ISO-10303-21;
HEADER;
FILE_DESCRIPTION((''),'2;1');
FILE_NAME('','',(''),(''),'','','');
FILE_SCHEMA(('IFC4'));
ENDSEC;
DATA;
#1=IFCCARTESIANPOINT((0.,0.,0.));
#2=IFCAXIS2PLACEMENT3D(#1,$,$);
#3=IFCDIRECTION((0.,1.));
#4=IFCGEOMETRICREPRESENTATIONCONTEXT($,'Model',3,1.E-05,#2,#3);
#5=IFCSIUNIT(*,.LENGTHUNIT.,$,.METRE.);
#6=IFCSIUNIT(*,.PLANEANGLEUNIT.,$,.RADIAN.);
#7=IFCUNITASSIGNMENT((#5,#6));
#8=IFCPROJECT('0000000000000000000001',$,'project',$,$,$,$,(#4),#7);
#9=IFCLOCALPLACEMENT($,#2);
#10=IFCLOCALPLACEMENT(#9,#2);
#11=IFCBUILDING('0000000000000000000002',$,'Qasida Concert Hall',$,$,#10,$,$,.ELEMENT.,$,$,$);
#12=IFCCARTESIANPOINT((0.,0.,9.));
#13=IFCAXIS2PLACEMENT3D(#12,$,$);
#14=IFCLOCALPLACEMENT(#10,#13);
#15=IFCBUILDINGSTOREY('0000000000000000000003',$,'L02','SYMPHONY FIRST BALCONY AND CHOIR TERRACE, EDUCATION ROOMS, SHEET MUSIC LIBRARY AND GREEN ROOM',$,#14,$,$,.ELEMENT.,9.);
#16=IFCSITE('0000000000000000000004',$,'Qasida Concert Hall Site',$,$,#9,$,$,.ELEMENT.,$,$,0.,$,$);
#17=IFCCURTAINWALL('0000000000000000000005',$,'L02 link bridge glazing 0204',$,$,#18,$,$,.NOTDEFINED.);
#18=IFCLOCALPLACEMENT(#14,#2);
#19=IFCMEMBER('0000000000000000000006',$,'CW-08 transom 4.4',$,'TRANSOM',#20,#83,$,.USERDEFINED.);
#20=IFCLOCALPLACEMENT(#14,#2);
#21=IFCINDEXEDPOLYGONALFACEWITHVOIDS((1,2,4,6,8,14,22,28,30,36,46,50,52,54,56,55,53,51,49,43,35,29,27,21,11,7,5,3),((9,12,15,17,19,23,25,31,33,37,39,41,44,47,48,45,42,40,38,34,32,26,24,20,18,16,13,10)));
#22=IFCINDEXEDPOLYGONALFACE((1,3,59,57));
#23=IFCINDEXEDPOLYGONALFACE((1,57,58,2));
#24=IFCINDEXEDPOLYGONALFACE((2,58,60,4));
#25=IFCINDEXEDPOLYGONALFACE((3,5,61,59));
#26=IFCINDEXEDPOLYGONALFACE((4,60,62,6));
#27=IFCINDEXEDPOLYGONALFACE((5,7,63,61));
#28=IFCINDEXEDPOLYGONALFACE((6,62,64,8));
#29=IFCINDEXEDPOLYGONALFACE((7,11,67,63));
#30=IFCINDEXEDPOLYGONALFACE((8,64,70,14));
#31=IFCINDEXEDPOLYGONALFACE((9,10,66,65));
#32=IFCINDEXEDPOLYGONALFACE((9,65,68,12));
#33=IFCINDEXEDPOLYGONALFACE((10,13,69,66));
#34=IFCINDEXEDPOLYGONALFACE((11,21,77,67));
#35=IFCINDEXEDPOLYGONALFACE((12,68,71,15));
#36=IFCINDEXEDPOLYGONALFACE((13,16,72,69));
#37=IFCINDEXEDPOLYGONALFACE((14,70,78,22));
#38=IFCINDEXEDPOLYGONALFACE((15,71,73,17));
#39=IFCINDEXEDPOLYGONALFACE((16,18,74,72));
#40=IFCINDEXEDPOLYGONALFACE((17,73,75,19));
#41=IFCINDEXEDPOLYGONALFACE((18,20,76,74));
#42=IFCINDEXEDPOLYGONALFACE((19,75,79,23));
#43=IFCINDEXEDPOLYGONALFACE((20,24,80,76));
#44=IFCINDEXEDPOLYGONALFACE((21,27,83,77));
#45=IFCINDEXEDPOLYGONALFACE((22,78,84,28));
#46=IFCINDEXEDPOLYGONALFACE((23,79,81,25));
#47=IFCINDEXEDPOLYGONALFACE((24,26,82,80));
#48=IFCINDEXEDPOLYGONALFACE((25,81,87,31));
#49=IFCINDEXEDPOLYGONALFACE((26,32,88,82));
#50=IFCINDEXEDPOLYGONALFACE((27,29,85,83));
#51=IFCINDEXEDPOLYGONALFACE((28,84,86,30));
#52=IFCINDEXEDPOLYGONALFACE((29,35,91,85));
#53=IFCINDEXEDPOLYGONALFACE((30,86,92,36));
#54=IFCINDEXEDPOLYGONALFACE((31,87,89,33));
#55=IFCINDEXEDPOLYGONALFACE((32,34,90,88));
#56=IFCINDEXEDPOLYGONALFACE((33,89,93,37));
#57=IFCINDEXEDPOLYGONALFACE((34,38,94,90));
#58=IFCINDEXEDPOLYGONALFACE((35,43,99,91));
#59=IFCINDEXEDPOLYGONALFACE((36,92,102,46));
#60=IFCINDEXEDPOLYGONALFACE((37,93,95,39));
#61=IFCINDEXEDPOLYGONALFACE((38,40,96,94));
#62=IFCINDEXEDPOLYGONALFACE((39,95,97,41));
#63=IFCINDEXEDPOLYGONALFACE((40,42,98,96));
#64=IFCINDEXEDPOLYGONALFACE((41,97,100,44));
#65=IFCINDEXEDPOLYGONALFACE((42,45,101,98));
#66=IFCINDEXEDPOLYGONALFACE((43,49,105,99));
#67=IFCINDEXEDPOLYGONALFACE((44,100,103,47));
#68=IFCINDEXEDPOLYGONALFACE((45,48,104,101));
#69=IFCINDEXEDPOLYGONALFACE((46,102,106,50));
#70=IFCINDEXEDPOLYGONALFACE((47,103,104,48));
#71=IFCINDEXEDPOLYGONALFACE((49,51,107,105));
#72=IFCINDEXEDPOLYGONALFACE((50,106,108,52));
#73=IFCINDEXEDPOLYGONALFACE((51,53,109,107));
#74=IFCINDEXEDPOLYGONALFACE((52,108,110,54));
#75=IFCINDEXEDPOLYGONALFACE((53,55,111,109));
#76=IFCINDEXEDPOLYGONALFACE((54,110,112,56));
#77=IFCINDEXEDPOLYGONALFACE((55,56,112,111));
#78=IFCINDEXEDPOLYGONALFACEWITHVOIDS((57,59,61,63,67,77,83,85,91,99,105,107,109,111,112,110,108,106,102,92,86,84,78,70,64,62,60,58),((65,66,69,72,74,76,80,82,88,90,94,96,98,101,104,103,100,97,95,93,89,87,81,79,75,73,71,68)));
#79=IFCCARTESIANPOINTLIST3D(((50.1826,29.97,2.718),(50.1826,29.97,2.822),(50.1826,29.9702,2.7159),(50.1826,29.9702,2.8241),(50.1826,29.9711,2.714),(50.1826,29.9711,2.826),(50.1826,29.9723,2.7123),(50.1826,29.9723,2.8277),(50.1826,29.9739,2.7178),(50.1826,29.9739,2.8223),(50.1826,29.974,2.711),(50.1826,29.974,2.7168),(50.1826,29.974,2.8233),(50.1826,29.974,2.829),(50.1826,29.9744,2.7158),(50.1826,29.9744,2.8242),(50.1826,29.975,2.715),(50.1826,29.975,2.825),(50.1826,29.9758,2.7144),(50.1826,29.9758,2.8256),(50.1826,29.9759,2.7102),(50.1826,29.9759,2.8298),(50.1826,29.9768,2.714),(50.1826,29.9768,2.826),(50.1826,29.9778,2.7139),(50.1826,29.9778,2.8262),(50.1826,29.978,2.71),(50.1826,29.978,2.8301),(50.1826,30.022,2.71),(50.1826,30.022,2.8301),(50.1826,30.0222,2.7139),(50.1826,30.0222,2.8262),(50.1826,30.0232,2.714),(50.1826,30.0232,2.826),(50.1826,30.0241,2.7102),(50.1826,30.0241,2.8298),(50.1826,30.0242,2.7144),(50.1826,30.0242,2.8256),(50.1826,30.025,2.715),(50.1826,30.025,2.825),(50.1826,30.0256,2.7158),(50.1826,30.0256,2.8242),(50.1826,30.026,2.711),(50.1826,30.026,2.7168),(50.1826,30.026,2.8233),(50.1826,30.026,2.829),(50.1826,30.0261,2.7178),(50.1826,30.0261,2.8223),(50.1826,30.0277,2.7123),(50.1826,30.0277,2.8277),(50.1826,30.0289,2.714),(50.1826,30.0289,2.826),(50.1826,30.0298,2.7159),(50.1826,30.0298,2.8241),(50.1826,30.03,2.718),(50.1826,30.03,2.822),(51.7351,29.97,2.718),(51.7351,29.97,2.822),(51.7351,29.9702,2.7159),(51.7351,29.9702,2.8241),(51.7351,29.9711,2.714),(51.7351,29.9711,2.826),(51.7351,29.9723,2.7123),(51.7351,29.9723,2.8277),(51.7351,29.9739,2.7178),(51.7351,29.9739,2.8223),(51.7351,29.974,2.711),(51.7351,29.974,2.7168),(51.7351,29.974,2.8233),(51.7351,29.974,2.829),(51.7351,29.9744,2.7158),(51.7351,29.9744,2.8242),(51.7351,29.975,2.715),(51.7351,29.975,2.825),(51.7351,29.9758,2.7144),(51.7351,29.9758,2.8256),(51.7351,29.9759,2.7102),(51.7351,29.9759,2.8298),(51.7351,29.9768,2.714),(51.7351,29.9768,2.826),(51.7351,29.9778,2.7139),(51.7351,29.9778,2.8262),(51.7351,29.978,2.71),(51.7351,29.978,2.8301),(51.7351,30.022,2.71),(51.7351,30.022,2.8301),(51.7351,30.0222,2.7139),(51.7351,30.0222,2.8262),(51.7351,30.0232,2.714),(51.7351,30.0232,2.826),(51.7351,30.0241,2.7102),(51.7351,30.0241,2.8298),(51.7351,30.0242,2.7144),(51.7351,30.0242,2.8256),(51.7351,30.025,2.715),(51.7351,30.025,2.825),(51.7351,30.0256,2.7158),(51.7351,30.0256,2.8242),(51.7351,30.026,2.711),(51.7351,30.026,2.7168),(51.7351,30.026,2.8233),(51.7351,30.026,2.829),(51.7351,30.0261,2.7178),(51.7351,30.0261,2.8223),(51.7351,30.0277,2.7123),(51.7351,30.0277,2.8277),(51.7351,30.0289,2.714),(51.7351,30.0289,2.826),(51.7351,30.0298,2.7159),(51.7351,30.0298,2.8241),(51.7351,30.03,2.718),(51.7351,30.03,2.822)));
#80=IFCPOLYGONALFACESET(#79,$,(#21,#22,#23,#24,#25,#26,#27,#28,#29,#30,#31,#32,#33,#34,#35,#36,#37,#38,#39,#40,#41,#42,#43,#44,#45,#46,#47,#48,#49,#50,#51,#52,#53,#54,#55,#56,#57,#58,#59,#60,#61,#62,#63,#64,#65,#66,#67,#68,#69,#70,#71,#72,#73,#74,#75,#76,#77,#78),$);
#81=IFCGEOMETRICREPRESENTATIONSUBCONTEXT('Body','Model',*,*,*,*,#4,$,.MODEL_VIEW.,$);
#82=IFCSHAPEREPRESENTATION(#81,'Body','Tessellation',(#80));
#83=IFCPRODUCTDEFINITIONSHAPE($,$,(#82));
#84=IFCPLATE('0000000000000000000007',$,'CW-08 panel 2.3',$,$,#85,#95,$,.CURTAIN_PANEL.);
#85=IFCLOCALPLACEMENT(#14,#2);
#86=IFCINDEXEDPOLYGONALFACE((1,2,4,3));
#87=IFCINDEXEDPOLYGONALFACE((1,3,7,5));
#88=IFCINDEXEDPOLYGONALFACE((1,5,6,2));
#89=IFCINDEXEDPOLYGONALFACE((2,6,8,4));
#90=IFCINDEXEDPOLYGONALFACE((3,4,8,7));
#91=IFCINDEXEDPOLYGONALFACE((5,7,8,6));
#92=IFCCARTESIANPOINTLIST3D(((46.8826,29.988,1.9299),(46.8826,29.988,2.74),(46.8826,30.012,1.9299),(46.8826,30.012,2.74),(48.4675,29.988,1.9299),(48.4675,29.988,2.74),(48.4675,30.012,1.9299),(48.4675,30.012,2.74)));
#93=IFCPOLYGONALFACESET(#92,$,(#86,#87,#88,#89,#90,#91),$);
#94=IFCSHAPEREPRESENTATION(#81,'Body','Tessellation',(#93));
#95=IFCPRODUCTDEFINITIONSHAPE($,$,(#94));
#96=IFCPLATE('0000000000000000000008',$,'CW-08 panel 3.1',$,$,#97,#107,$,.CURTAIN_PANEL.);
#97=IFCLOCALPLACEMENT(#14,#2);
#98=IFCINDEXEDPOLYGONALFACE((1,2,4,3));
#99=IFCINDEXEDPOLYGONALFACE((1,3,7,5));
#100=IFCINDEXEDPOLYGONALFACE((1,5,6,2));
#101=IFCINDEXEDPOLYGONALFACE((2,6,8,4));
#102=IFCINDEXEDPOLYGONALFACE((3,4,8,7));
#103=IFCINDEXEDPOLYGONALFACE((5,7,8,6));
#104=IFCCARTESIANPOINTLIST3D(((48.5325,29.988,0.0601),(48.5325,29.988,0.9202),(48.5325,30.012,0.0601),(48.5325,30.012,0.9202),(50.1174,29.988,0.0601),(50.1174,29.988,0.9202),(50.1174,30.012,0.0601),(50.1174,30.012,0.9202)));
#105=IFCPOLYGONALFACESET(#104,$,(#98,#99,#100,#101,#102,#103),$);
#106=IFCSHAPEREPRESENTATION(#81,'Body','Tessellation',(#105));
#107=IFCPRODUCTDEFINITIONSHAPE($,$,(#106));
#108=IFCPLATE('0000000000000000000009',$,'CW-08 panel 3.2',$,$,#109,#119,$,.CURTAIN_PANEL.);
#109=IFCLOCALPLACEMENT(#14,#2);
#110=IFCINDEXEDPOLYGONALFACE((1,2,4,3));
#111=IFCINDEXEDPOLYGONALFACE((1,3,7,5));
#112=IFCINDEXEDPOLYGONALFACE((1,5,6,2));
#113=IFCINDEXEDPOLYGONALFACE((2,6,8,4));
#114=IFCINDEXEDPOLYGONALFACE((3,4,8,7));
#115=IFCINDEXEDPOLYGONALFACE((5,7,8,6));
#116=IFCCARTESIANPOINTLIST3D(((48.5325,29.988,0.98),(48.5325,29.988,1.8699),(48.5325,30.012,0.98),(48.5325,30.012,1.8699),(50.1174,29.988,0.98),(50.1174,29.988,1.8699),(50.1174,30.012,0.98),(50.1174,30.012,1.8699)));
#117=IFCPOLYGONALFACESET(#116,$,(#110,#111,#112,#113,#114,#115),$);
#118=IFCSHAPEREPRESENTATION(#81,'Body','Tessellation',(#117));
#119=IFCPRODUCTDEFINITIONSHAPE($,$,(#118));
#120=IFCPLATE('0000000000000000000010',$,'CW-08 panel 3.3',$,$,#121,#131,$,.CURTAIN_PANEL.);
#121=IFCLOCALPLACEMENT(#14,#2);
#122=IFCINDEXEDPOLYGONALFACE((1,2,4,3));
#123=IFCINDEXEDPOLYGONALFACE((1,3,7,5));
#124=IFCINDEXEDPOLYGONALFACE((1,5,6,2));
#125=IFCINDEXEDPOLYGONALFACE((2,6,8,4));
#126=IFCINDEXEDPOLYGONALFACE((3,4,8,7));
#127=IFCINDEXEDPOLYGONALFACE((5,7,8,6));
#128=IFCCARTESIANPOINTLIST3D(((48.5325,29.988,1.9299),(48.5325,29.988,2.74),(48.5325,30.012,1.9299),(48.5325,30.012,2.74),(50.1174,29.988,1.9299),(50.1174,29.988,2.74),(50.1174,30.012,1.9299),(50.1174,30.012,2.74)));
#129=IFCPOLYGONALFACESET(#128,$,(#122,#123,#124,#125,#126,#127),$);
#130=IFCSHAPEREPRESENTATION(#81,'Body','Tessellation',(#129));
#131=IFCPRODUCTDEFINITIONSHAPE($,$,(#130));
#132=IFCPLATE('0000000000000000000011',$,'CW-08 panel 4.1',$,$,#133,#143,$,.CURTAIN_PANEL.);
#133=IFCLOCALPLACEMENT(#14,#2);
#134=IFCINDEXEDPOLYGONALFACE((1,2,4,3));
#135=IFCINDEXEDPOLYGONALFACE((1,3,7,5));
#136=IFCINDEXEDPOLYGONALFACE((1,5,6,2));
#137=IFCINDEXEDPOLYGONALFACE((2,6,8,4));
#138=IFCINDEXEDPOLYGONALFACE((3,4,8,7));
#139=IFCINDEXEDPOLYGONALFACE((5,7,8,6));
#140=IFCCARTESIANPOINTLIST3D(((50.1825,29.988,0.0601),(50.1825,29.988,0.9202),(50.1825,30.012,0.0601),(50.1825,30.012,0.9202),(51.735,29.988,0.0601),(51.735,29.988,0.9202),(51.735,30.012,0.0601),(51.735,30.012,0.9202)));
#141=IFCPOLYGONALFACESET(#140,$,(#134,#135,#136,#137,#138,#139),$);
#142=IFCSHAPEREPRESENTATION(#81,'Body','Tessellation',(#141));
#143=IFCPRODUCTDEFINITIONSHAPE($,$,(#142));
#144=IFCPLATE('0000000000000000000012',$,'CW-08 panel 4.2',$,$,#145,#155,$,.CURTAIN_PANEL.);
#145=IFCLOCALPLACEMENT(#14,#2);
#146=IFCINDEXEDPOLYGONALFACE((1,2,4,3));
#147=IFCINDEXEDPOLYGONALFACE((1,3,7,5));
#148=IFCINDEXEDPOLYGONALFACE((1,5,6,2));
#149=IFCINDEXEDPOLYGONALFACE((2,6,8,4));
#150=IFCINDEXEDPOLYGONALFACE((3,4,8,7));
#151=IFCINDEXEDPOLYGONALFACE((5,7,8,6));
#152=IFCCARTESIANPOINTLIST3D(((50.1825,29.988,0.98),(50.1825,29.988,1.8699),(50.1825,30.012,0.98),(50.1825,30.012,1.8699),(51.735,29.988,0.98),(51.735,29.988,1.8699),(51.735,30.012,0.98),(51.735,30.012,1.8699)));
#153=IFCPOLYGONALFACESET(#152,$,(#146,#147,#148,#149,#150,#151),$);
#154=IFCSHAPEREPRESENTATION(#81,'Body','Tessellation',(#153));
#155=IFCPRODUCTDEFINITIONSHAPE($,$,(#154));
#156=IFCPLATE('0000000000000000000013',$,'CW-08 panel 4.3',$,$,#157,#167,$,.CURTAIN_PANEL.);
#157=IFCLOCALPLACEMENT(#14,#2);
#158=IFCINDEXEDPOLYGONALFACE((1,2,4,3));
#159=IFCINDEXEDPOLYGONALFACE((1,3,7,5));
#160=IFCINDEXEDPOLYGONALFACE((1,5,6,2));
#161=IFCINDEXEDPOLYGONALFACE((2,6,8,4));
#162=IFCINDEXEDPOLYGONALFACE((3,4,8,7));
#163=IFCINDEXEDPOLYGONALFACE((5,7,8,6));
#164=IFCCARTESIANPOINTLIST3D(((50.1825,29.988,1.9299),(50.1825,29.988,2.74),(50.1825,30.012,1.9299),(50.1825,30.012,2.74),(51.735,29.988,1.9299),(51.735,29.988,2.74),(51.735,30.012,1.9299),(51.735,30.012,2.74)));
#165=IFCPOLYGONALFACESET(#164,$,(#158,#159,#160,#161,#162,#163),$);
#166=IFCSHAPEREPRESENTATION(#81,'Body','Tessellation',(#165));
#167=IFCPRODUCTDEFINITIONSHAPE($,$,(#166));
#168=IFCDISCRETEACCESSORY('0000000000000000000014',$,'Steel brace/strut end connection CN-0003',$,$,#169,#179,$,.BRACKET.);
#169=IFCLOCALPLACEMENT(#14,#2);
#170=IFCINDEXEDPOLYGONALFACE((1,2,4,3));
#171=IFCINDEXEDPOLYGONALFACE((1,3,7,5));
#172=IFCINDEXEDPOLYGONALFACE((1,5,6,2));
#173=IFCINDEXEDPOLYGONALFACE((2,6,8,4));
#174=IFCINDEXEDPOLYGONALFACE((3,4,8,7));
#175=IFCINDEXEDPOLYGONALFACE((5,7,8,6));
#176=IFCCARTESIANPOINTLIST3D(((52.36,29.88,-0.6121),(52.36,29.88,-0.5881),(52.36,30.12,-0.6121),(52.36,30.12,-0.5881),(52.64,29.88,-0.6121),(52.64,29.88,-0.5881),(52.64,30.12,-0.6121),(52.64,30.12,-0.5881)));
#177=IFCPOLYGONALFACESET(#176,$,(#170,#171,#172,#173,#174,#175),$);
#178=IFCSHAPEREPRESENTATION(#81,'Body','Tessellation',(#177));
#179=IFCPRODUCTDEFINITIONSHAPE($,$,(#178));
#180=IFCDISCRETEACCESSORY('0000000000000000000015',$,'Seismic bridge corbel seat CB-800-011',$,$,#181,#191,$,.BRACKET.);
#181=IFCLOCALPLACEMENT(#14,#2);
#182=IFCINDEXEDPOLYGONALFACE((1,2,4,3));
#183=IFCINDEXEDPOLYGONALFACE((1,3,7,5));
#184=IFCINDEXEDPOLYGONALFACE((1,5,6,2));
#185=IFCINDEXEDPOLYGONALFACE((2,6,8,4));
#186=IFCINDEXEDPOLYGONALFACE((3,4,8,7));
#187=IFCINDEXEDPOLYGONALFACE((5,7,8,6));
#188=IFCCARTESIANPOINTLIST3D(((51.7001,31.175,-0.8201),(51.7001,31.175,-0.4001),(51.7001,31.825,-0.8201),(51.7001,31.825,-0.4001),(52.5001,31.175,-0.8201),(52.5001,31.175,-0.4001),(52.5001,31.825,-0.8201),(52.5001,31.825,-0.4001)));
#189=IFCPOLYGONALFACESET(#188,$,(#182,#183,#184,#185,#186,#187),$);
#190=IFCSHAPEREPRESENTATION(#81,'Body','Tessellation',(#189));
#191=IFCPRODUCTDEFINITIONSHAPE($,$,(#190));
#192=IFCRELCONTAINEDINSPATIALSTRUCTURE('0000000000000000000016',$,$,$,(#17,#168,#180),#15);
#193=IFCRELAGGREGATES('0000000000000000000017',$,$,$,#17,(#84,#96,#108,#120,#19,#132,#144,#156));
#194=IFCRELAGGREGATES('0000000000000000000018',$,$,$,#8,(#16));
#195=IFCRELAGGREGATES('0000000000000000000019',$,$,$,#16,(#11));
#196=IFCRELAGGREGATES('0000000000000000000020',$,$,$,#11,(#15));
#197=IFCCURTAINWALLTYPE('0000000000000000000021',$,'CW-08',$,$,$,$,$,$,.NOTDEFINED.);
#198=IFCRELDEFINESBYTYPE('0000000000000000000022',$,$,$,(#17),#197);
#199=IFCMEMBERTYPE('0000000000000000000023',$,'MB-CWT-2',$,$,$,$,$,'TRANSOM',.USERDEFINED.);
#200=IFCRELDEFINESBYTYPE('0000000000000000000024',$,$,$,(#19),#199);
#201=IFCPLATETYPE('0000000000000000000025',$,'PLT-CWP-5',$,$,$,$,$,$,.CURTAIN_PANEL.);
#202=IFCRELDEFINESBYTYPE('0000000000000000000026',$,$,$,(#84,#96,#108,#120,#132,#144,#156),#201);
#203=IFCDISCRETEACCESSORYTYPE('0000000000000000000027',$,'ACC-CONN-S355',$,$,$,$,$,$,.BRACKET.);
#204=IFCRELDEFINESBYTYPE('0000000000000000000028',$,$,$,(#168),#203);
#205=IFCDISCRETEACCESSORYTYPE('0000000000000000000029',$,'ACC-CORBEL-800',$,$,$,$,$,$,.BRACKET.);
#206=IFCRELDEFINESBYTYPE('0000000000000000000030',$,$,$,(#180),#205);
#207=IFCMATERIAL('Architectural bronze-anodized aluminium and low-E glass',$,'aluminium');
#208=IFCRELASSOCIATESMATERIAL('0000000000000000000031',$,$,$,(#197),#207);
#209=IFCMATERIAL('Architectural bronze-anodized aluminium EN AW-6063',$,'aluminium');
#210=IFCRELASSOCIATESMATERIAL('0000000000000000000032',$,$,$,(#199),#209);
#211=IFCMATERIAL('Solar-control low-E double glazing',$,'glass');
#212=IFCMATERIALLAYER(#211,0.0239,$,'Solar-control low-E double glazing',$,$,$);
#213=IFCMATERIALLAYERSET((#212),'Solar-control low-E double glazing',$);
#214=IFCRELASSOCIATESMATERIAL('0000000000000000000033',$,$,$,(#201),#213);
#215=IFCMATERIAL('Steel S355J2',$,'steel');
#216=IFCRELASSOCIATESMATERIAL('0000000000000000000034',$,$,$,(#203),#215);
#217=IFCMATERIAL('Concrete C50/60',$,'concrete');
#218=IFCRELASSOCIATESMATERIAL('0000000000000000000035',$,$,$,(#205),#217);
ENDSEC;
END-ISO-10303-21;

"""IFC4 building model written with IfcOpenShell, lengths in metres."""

from ifc_helpers import new_model, si_unit, direction, frame, origin, origin_2d, place, context, subcontext, project, spatial, rectangle, hollow_rectangle, extrude, material, layer, layer_set, material_profile, profile_set, type_object, element, aggregate, save


model = new_model("IFC4")

# Units and contexts
model_context = context("Model", 3, precision=1e-05, world=origin(), true_north=direction((0.0, 1.0)))
body_context = subcontext(model_context, "Body", "Model", "MODEL_VIEW")
ifc_project = project(units=[si_unit("LENGTHUNIT", "METRE"), si_unit("PLANEANGLEUNIT", "RADIAN")], contexts=[model_context])

# Site, building, storey
site_placement = place(None, origin())
site = spatial("IfcSite", under=ifc_project, at=site_placement, Name="Qasida Concert Hall Site", CompositionType="ELEMENT", RefElevation=0.0)
building_placement = place(site_placement, origin())
building = spatial("IfcBuilding", under=site, at=building_placement, Name="Qasida Concert Hall", CompositionType="ELEMENT")
storey_placement = place(building_placement, frame((0.0, 0.0, 9.0)))
storey = spatial("IfcBuildingStorey", under=building, at=storey_placement, Name="L02", Description="SYMPHONY FIRST BALCONY AND CHOIR TERRACE, EDUCATION ROOMS, SHEET MUSIC LIBRARY AND GREEN ROOM", CompositionType="ELEMENT", Elevation=9.0)

# Shared definitions
ifc_material_1 = material(Name="Concrete C50/60", Category="concrete")

# Curtain wall, member, plates
ifc_material_2 = material(Name="Architectural bronze-anodized aluminium and low-E glass", Category="aluminium")
curtain_wall_type = type_object("IfcCurtainWallType", Name="CW-08", PredefinedType="NOTDEFINED", material=ifc_material_2)
curtain_wall_placement = place(storey_placement, origin())
curtain_wall = element("IfcCurtainWall", 1, at=curtain_wall_placement, inside=storey, type_object=curtain_wall_type, Name="L02 link bridge glazing 0204", PredefinedType="NOTDEFINED")
ifc_material_3 = material(Name="Architectural bronze-anodized aluminium EN AW-6063", Category="aluminium")
ifc_material_profile_1 = material_profile(ifc_material_3, hollow_rectangle(XDim=0.0601, YDim=0.1201, WallThickness=0.0039, InnerFilletRadius=0.0039, OuterFilletRadius=0.0081, at=origin_2d()), Name="CWT 120x60x4")
ifc_profile_set_1 = profile_set([ifc_material_profile_1], Name="Architectural bronze-anodized aluminium EN AW-6063")
member_type_1 = type_object("IfcMemberType", Name="MB-CWT-2", ElementType="TRANSOM", PredefinedType="USERDEFINED", material=ifc_profile_set_1)
member_1_placement = place(storey_placement, frame((50.1826, 30.0, 2.77), z_axis=(1.0, 0.0, 0.0), x_axis=(0.0, 1.0, 0.0)))
member_1 = element("IfcMember", 2, at=member_1_placement, type_object=member_type_1, Name="CW-08 transom 4.4", ObjectType="TRANSOM", PredefinedType="USERDEFINED", context=body_context, shape_type="SweptSolid", body=[
    extrude(hollow_rectangle(XDim=0.0601, YDim=0.1201, WallThickness=0.0039, InnerFilletRadius=0.0039, OuterFilletRadius=0.0081, at=origin_2d()), origin(), (0.0, 0.0, 1.0), 1.5525),
])
ifc_material_4 = material(Name="Solar-control low-E double glazing", Category="glass")
ifc_layer = layer(ifc_material_4, 0.0239, Name="Solar-control low-E double glazing")
ifc_layer_set = layer_set([ifc_layer], Name="Solar-control low-E double glazing")
plate_type = type_object("IfcPlateType", Name="PLT-CWP-5", PredefinedType="CURTAIN_PANEL", material=ifc_layer_set)
plate_1_placement = place(storey_placement, frame((47.675, 30.0, 1.9299), z_axis=(0.0, 0.0, 1.0), x_axis=(1.0, 0.0, 0.0)))
plate_1 = element("IfcPlate", 3, at=plate_1_placement, type_object=plate_type, Name="CW-08 panel 2.3", PredefinedType="CURTAIN_PANEL", context=body_context, shape_type="SweptSolid", body=[
    extrude(rectangle(XDim=1.585, YDim=0.0239, at=origin_2d()), origin(), (0.0, 0.0, 1.0), 0.8101),
])
plate_2_placement = place(storey_placement, frame((49.325, 30.0, 0.0601), z_axis=(0.0, 0.0, 1.0), x_axis=(1.0, 0.0, 0.0)))
plate_2 = element("IfcPlate", 4, at=plate_2_placement, type_object=plate_type, Name="CW-08 panel 3.1", PredefinedType="CURTAIN_PANEL", context=body_context, shape_type="SweptSolid", body=[
    extrude(rectangle(XDim=1.585, YDim=0.0239, at=origin_2d()), origin(), (0.0, 0.0, 1.0), 0.8601),
])
plate_3_placement = place(storey_placement, frame((49.325, 30.0, 0.98), z_axis=(0.0, 0.0, 1.0), x_axis=(1.0, 0.0, 0.0)))
plate_3 = element("IfcPlate", 5, at=plate_3_placement, type_object=plate_type, Name="CW-08 panel 3.2", PredefinedType="CURTAIN_PANEL", context=body_context, shape_type="SweptSolid", body=[
    extrude(rectangle(XDim=1.585, YDim=0.0239, at=origin_2d()), origin(), (0.0, 0.0, 1.0), 0.8899),
])
plate_4_placement = place(storey_placement, frame((49.325, 30.0, 1.9299), z_axis=(0.0, 0.0, 1.0), x_axis=(1.0, 0.0, 0.0)))
plate_4 = element("IfcPlate", 6, at=plate_4_placement, type_object=plate_type, Name="CW-08 panel 3.3", PredefinedType="CURTAIN_PANEL", context=body_context, shape_type="SweptSolid", body=[
    extrude(rectangle(XDim=1.585, YDim=0.0239, at=origin_2d()), origin(), (0.0, 0.0, 1.0), 0.8101),
])
plate_5_placement = place(storey_placement, frame((50.9587, 30.0, 0.0601), z_axis=(0.0, 0.0, 1.0), x_axis=(1.0, 0.0, 0.0)))
plate_5 = element("IfcPlate", 7, at=plate_5_placement, type_object=plate_type, Name="CW-08 panel 4.1", PredefinedType="CURTAIN_PANEL", context=body_context, shape_type="SweptSolid", body=[
    extrude(rectangle(XDim=1.5525, YDim=0.0239, at=origin_2d()), origin(), (0.0, 0.0, 1.0), 0.8601),
])
plate_6_placement = place(storey_placement, frame((50.9587, 30.0, 0.98), z_axis=(0.0, 0.0, 1.0), x_axis=(1.0, 0.0, 0.0)))
plate_6 = element("IfcPlate", 8, at=plate_6_placement, type_object=plate_type, Name="CW-08 panel 4.2", PredefinedType="CURTAIN_PANEL", context=body_context, shape_type="SweptSolid", body=[
    extrude(rectangle(XDim=1.5525, YDim=0.0239, at=origin_2d()), origin(), (0.0, 0.0, 1.0), 0.8899),
])
plate_7_placement = place(storey_placement, frame((50.9587, 30.0, 1.9299), z_axis=(0.0, 0.0, 1.0), x_axis=(1.0, 0.0, 0.0)))
plate_7 = element("IfcPlate", 9, at=plate_7_placement, type_object=plate_type, Name="CW-08 panel 4.3", PredefinedType="CURTAIN_PANEL", context=body_context, shape_type="SweptSolid", body=[
    extrude(rectangle(XDim=1.5525, YDim=0.0239, at=origin_2d()), origin(), (0.0, 0.0, 1.0), 0.8101),
])
aggregate(curtain_wall, [plate_1, plate_2, plate_3, plate_4, member_1, plate_5, plate_6, plate_7])

# Discrete accessories
ifc_material_5 = material(Name="Steel S355J2", Category="steel")
discrete_accessory_type_1 = type_object("IfcDiscreteAccessoryType", Name="ACC-CONN-S355", PredefinedType="BRACKET", material=ifc_material_5)
discrete_accessory_placement = place(storey_placement, frame((52.5, 30.0, -0.6121), z_axis=(0.0, 0.0, 1.0), x_axis=(1.0, 0.0, 0.0)))
element("IfcDiscreteAccessory", 10, at=discrete_accessory_placement, inside=storey, type_object=discrete_accessory_type_1, Name="Steel brace/strut end connection CN-0003", PredefinedType="BRACKET", context=body_context, shape_type="SweptSolid", body=[
    extrude(rectangle(XDim=0.28, YDim=0.24, at=origin_2d()), origin(), (0.0, 0.0, 1.0), 0.0239),
])
discrete_accessory_type_2 = type_object("IfcDiscreteAccessoryType", Name="ACC-CORBEL-800", PredefinedType="BRACKET", material=ifc_material_1)
for number, where, z_axis, x_axis, name in (
    (11, (52.1001, 31.5, -0.8201), (0.0, 0.0, 1.0), (1.0, 0.0, 0.0), "Seismic bridge corbel seat CB-800-011"),
):
    element("IfcDiscreteAccessory", number, at=place(storey_placement, frame(where, z_axis=z_axis, x_axis=x_axis)), inside=storey, type_object=discrete_accessory_type_2, Name=name, PredefinedType="BRACKET", context=body_context, shape_type="SweptSolid", body=[
        extrude(rectangle(XDim=0.8, YDim=0.6499, at=origin_2d()), origin(), (0.0, 0.0, 1.0), 0.4199),
    ])

save(model, "model.ifc")
